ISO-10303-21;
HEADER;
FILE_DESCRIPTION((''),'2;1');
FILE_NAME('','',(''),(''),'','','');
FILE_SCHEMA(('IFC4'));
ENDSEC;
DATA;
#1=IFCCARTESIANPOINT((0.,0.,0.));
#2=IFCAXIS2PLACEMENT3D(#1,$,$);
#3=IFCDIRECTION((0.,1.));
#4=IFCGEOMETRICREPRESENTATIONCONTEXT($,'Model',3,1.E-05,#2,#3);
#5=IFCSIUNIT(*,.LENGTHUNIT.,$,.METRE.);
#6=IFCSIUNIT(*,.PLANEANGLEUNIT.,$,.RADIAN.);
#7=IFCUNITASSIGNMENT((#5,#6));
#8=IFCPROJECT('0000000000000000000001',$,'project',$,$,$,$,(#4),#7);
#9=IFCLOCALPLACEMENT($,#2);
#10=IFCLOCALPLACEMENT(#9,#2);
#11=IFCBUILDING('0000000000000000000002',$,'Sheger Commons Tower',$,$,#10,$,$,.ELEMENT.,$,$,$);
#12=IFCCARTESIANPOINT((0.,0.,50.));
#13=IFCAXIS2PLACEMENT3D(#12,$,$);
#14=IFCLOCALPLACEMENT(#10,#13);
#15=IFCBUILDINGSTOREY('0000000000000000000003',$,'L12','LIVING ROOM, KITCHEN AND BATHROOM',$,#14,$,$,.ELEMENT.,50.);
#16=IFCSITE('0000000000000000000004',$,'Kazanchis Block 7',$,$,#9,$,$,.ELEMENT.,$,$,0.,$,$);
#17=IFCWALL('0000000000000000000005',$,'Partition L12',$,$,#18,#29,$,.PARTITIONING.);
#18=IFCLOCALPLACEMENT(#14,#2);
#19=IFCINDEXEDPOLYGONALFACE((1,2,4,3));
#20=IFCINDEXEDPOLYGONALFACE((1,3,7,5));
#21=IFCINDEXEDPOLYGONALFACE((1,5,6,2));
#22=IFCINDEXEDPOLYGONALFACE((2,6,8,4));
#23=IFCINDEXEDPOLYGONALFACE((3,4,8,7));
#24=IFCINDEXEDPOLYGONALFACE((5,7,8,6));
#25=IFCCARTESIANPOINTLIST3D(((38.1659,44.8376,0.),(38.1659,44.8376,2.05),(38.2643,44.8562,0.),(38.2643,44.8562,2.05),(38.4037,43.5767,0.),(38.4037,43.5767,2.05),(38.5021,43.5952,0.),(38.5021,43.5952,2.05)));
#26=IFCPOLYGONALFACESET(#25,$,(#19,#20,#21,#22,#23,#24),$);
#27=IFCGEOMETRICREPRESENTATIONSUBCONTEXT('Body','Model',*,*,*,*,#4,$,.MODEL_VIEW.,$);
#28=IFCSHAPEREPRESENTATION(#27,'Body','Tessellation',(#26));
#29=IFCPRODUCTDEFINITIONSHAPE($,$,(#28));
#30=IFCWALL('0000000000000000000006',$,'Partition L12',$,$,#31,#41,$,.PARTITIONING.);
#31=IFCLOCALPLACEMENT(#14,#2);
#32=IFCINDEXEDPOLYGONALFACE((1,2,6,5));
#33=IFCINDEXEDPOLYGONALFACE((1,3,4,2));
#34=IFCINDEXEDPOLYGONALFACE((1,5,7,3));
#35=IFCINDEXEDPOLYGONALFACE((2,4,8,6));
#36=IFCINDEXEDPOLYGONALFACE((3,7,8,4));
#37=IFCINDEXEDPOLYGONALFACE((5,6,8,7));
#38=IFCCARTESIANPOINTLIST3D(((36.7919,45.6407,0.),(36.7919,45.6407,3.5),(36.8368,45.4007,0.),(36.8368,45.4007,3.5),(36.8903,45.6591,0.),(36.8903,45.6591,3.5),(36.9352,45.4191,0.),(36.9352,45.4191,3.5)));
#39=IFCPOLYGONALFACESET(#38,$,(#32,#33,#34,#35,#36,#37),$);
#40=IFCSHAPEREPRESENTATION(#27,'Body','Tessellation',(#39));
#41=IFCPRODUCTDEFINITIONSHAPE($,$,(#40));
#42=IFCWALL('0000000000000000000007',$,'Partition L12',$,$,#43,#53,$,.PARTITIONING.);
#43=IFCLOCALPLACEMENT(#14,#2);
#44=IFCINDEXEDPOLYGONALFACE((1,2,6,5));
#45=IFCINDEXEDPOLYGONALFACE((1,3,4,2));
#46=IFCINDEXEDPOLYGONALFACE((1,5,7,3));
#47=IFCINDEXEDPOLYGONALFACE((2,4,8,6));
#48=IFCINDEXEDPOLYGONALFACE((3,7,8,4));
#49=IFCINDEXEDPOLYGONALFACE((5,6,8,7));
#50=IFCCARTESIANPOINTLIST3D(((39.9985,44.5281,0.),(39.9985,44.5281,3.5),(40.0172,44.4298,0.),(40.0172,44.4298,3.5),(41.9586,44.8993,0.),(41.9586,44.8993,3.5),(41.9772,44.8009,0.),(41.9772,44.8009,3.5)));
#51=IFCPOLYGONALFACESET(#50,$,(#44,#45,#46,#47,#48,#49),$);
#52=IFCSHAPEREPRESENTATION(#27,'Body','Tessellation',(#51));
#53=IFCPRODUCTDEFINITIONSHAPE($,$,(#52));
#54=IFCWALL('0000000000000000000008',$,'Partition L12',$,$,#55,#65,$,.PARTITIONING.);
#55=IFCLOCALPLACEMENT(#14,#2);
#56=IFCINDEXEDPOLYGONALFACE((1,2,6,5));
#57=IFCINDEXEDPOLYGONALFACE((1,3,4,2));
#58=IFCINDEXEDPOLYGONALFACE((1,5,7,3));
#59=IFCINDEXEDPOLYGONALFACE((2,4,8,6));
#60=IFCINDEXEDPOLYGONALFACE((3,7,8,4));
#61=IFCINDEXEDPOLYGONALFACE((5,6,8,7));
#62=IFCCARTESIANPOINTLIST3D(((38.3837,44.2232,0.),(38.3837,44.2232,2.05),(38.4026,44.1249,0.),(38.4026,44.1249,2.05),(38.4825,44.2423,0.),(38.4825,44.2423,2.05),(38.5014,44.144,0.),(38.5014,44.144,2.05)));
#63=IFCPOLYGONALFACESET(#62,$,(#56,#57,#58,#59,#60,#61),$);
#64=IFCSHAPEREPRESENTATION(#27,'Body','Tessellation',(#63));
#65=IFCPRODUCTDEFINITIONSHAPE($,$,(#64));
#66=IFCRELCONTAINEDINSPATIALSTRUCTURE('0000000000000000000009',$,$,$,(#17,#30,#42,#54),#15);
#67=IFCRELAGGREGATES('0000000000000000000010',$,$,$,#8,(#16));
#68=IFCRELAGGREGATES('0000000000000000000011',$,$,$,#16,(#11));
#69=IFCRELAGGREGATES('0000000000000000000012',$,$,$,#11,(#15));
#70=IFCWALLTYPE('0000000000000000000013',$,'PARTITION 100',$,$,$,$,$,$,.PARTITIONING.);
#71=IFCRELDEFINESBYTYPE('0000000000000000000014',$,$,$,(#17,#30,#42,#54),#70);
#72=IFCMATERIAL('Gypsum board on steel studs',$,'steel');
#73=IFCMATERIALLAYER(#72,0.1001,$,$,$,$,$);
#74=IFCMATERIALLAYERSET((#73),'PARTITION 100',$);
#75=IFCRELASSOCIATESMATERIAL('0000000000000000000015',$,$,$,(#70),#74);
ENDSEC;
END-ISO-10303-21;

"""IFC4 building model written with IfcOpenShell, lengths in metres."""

from ifc_helpers import new_model, si_unit, direction, frame, frame_2d, origin, place, context, subcontext, project, spatial, rectangle, extrude, material, layer, layer_set, type_object, element, save


model = new_model("IFC4")

# Units and contexts
model_context = context("Model", 3, precision=1e-05, world=origin(), true_north=direction((0.0, 1.0)))
body_context = subcontext(model_context, "Body", "Model", "MODEL_VIEW")
ifc_project = project(units=[si_unit("LENGTHUNIT", "METRE"), si_unit("PLANEANGLEUNIT", "RADIAN")], contexts=[model_context])

# Site, building, storey
site_placement = place(None, origin())
site = spatial("IfcSite", under=ifc_project, at=site_placement, Name="Kazanchis Block 7", CompositionType="ELEMENT", RefElevation=0.0)
building_placement = place(site_placement, origin())
building = spatial("IfcBuilding", under=site, at=building_placement, Name="Sheger Commons Tower", CompositionType="ELEMENT")
storey_placement = place(building_placement, frame((0.0, 0.0, 50.0)))
storey = spatial("IfcBuildingStorey", under=building, at=storey_placement, Name="L12", Description="LIVING ROOM, KITCHEN AND BATHROOM", CompositionType="ELEMENT", Elevation=50.0)

# Walls
ifc_material_1 = material(Name="Gypsum board on steel studs", Category="steel")
ifc_layer_1 = layer(ifc_material_1, 0.1001)
ifc_layer_set_1 = layer_set([ifc_layer_1], Name="PARTITION 100")
wall_type_1 = type_object("IfcWallType", Name="PARTITION 100", PredefinedType="PARTITIONING", material=ifc_layer_set_1)
wall_1_placement = place(storey_placement, frame((38.2151, 44.8469, 0.0), z_axis=(0.0, 0.0, 1.0), x_axis=(0.185311, -0.98268, 0.0)))
element("IfcWall", 1, at=wall_1_placement, inside=storey, type_object=wall_type_1, Name="Partition L12", PredefinedType="PARTITIONING", context=body_context, shape_type="SweptSolid", body=[
    extrude(rectangle(XDim=1.2832, YDim=0.1001, at=frame_2d((0.6416, 0.0))), origin(), (0.0, 0.0, 1.0), 2.05),
])
wall_2_placement = place(storey_placement, frame((36.8411, 45.6499, 0.0), z_axis=(0.0, 0.0, 1.0), x_axis=(0.183987, -0.982929, 0.0)))
element("IfcWall", 2, at=wall_2_placement, inside=storey, type_object=wall_type_1, Name="Partition L12", PredefinedType="PARTITIONING", context=body_context, shape_type="SweptSolid", body=[
    extrude(rectangle(XDim=0.2441, YDim=0.1001, at=frame_2d((0.1221, 0.0))), origin(), (0.0, 0.0, 1.0), 3.5),
])
wall_3_placement = place(storey_placement, frame((41.968, 44.8501, 0.0), z_axis=(0.0, 0.0, 1.0), x_axis=(-0.982544, -0.186032, 0.0)))
element("IfcWall", 3, at=wall_3_placement, inside=storey, type_object=wall_type_1, Name="Partition L12", PredefinedType="PARTITIONING", context=body_context, shape_type="SweptSolid", body=[
    extrude(rectangle(XDim=1.9949, YDim=0.1001, at=frame_2d((0.9976, 0.0))), origin(), (0.0, 0.0, 1.0), 3.5),
])
wall_4_placement = place(storey_placement, frame((38.4919, 44.1931, 0.0), z_axis=(0.0, 0.0, 1.0), x_axis=(-0.981955, -0.189117, 0.0)))
element("IfcWall", 4, at=wall_4_placement, inside=storey, type_object=wall_type_1, Name="Partition L12", PredefinedType="PARTITIONING", context=body_context, shape_type="SweptSolid", body=[
    extrude(rectangle(XDim=0.1006, YDim=0.1001, at=frame_2d((0.0503, 0.0))), origin(), (0.0, 0.0, 1.0), 2.05),
])

save(model, "model.ifc")
